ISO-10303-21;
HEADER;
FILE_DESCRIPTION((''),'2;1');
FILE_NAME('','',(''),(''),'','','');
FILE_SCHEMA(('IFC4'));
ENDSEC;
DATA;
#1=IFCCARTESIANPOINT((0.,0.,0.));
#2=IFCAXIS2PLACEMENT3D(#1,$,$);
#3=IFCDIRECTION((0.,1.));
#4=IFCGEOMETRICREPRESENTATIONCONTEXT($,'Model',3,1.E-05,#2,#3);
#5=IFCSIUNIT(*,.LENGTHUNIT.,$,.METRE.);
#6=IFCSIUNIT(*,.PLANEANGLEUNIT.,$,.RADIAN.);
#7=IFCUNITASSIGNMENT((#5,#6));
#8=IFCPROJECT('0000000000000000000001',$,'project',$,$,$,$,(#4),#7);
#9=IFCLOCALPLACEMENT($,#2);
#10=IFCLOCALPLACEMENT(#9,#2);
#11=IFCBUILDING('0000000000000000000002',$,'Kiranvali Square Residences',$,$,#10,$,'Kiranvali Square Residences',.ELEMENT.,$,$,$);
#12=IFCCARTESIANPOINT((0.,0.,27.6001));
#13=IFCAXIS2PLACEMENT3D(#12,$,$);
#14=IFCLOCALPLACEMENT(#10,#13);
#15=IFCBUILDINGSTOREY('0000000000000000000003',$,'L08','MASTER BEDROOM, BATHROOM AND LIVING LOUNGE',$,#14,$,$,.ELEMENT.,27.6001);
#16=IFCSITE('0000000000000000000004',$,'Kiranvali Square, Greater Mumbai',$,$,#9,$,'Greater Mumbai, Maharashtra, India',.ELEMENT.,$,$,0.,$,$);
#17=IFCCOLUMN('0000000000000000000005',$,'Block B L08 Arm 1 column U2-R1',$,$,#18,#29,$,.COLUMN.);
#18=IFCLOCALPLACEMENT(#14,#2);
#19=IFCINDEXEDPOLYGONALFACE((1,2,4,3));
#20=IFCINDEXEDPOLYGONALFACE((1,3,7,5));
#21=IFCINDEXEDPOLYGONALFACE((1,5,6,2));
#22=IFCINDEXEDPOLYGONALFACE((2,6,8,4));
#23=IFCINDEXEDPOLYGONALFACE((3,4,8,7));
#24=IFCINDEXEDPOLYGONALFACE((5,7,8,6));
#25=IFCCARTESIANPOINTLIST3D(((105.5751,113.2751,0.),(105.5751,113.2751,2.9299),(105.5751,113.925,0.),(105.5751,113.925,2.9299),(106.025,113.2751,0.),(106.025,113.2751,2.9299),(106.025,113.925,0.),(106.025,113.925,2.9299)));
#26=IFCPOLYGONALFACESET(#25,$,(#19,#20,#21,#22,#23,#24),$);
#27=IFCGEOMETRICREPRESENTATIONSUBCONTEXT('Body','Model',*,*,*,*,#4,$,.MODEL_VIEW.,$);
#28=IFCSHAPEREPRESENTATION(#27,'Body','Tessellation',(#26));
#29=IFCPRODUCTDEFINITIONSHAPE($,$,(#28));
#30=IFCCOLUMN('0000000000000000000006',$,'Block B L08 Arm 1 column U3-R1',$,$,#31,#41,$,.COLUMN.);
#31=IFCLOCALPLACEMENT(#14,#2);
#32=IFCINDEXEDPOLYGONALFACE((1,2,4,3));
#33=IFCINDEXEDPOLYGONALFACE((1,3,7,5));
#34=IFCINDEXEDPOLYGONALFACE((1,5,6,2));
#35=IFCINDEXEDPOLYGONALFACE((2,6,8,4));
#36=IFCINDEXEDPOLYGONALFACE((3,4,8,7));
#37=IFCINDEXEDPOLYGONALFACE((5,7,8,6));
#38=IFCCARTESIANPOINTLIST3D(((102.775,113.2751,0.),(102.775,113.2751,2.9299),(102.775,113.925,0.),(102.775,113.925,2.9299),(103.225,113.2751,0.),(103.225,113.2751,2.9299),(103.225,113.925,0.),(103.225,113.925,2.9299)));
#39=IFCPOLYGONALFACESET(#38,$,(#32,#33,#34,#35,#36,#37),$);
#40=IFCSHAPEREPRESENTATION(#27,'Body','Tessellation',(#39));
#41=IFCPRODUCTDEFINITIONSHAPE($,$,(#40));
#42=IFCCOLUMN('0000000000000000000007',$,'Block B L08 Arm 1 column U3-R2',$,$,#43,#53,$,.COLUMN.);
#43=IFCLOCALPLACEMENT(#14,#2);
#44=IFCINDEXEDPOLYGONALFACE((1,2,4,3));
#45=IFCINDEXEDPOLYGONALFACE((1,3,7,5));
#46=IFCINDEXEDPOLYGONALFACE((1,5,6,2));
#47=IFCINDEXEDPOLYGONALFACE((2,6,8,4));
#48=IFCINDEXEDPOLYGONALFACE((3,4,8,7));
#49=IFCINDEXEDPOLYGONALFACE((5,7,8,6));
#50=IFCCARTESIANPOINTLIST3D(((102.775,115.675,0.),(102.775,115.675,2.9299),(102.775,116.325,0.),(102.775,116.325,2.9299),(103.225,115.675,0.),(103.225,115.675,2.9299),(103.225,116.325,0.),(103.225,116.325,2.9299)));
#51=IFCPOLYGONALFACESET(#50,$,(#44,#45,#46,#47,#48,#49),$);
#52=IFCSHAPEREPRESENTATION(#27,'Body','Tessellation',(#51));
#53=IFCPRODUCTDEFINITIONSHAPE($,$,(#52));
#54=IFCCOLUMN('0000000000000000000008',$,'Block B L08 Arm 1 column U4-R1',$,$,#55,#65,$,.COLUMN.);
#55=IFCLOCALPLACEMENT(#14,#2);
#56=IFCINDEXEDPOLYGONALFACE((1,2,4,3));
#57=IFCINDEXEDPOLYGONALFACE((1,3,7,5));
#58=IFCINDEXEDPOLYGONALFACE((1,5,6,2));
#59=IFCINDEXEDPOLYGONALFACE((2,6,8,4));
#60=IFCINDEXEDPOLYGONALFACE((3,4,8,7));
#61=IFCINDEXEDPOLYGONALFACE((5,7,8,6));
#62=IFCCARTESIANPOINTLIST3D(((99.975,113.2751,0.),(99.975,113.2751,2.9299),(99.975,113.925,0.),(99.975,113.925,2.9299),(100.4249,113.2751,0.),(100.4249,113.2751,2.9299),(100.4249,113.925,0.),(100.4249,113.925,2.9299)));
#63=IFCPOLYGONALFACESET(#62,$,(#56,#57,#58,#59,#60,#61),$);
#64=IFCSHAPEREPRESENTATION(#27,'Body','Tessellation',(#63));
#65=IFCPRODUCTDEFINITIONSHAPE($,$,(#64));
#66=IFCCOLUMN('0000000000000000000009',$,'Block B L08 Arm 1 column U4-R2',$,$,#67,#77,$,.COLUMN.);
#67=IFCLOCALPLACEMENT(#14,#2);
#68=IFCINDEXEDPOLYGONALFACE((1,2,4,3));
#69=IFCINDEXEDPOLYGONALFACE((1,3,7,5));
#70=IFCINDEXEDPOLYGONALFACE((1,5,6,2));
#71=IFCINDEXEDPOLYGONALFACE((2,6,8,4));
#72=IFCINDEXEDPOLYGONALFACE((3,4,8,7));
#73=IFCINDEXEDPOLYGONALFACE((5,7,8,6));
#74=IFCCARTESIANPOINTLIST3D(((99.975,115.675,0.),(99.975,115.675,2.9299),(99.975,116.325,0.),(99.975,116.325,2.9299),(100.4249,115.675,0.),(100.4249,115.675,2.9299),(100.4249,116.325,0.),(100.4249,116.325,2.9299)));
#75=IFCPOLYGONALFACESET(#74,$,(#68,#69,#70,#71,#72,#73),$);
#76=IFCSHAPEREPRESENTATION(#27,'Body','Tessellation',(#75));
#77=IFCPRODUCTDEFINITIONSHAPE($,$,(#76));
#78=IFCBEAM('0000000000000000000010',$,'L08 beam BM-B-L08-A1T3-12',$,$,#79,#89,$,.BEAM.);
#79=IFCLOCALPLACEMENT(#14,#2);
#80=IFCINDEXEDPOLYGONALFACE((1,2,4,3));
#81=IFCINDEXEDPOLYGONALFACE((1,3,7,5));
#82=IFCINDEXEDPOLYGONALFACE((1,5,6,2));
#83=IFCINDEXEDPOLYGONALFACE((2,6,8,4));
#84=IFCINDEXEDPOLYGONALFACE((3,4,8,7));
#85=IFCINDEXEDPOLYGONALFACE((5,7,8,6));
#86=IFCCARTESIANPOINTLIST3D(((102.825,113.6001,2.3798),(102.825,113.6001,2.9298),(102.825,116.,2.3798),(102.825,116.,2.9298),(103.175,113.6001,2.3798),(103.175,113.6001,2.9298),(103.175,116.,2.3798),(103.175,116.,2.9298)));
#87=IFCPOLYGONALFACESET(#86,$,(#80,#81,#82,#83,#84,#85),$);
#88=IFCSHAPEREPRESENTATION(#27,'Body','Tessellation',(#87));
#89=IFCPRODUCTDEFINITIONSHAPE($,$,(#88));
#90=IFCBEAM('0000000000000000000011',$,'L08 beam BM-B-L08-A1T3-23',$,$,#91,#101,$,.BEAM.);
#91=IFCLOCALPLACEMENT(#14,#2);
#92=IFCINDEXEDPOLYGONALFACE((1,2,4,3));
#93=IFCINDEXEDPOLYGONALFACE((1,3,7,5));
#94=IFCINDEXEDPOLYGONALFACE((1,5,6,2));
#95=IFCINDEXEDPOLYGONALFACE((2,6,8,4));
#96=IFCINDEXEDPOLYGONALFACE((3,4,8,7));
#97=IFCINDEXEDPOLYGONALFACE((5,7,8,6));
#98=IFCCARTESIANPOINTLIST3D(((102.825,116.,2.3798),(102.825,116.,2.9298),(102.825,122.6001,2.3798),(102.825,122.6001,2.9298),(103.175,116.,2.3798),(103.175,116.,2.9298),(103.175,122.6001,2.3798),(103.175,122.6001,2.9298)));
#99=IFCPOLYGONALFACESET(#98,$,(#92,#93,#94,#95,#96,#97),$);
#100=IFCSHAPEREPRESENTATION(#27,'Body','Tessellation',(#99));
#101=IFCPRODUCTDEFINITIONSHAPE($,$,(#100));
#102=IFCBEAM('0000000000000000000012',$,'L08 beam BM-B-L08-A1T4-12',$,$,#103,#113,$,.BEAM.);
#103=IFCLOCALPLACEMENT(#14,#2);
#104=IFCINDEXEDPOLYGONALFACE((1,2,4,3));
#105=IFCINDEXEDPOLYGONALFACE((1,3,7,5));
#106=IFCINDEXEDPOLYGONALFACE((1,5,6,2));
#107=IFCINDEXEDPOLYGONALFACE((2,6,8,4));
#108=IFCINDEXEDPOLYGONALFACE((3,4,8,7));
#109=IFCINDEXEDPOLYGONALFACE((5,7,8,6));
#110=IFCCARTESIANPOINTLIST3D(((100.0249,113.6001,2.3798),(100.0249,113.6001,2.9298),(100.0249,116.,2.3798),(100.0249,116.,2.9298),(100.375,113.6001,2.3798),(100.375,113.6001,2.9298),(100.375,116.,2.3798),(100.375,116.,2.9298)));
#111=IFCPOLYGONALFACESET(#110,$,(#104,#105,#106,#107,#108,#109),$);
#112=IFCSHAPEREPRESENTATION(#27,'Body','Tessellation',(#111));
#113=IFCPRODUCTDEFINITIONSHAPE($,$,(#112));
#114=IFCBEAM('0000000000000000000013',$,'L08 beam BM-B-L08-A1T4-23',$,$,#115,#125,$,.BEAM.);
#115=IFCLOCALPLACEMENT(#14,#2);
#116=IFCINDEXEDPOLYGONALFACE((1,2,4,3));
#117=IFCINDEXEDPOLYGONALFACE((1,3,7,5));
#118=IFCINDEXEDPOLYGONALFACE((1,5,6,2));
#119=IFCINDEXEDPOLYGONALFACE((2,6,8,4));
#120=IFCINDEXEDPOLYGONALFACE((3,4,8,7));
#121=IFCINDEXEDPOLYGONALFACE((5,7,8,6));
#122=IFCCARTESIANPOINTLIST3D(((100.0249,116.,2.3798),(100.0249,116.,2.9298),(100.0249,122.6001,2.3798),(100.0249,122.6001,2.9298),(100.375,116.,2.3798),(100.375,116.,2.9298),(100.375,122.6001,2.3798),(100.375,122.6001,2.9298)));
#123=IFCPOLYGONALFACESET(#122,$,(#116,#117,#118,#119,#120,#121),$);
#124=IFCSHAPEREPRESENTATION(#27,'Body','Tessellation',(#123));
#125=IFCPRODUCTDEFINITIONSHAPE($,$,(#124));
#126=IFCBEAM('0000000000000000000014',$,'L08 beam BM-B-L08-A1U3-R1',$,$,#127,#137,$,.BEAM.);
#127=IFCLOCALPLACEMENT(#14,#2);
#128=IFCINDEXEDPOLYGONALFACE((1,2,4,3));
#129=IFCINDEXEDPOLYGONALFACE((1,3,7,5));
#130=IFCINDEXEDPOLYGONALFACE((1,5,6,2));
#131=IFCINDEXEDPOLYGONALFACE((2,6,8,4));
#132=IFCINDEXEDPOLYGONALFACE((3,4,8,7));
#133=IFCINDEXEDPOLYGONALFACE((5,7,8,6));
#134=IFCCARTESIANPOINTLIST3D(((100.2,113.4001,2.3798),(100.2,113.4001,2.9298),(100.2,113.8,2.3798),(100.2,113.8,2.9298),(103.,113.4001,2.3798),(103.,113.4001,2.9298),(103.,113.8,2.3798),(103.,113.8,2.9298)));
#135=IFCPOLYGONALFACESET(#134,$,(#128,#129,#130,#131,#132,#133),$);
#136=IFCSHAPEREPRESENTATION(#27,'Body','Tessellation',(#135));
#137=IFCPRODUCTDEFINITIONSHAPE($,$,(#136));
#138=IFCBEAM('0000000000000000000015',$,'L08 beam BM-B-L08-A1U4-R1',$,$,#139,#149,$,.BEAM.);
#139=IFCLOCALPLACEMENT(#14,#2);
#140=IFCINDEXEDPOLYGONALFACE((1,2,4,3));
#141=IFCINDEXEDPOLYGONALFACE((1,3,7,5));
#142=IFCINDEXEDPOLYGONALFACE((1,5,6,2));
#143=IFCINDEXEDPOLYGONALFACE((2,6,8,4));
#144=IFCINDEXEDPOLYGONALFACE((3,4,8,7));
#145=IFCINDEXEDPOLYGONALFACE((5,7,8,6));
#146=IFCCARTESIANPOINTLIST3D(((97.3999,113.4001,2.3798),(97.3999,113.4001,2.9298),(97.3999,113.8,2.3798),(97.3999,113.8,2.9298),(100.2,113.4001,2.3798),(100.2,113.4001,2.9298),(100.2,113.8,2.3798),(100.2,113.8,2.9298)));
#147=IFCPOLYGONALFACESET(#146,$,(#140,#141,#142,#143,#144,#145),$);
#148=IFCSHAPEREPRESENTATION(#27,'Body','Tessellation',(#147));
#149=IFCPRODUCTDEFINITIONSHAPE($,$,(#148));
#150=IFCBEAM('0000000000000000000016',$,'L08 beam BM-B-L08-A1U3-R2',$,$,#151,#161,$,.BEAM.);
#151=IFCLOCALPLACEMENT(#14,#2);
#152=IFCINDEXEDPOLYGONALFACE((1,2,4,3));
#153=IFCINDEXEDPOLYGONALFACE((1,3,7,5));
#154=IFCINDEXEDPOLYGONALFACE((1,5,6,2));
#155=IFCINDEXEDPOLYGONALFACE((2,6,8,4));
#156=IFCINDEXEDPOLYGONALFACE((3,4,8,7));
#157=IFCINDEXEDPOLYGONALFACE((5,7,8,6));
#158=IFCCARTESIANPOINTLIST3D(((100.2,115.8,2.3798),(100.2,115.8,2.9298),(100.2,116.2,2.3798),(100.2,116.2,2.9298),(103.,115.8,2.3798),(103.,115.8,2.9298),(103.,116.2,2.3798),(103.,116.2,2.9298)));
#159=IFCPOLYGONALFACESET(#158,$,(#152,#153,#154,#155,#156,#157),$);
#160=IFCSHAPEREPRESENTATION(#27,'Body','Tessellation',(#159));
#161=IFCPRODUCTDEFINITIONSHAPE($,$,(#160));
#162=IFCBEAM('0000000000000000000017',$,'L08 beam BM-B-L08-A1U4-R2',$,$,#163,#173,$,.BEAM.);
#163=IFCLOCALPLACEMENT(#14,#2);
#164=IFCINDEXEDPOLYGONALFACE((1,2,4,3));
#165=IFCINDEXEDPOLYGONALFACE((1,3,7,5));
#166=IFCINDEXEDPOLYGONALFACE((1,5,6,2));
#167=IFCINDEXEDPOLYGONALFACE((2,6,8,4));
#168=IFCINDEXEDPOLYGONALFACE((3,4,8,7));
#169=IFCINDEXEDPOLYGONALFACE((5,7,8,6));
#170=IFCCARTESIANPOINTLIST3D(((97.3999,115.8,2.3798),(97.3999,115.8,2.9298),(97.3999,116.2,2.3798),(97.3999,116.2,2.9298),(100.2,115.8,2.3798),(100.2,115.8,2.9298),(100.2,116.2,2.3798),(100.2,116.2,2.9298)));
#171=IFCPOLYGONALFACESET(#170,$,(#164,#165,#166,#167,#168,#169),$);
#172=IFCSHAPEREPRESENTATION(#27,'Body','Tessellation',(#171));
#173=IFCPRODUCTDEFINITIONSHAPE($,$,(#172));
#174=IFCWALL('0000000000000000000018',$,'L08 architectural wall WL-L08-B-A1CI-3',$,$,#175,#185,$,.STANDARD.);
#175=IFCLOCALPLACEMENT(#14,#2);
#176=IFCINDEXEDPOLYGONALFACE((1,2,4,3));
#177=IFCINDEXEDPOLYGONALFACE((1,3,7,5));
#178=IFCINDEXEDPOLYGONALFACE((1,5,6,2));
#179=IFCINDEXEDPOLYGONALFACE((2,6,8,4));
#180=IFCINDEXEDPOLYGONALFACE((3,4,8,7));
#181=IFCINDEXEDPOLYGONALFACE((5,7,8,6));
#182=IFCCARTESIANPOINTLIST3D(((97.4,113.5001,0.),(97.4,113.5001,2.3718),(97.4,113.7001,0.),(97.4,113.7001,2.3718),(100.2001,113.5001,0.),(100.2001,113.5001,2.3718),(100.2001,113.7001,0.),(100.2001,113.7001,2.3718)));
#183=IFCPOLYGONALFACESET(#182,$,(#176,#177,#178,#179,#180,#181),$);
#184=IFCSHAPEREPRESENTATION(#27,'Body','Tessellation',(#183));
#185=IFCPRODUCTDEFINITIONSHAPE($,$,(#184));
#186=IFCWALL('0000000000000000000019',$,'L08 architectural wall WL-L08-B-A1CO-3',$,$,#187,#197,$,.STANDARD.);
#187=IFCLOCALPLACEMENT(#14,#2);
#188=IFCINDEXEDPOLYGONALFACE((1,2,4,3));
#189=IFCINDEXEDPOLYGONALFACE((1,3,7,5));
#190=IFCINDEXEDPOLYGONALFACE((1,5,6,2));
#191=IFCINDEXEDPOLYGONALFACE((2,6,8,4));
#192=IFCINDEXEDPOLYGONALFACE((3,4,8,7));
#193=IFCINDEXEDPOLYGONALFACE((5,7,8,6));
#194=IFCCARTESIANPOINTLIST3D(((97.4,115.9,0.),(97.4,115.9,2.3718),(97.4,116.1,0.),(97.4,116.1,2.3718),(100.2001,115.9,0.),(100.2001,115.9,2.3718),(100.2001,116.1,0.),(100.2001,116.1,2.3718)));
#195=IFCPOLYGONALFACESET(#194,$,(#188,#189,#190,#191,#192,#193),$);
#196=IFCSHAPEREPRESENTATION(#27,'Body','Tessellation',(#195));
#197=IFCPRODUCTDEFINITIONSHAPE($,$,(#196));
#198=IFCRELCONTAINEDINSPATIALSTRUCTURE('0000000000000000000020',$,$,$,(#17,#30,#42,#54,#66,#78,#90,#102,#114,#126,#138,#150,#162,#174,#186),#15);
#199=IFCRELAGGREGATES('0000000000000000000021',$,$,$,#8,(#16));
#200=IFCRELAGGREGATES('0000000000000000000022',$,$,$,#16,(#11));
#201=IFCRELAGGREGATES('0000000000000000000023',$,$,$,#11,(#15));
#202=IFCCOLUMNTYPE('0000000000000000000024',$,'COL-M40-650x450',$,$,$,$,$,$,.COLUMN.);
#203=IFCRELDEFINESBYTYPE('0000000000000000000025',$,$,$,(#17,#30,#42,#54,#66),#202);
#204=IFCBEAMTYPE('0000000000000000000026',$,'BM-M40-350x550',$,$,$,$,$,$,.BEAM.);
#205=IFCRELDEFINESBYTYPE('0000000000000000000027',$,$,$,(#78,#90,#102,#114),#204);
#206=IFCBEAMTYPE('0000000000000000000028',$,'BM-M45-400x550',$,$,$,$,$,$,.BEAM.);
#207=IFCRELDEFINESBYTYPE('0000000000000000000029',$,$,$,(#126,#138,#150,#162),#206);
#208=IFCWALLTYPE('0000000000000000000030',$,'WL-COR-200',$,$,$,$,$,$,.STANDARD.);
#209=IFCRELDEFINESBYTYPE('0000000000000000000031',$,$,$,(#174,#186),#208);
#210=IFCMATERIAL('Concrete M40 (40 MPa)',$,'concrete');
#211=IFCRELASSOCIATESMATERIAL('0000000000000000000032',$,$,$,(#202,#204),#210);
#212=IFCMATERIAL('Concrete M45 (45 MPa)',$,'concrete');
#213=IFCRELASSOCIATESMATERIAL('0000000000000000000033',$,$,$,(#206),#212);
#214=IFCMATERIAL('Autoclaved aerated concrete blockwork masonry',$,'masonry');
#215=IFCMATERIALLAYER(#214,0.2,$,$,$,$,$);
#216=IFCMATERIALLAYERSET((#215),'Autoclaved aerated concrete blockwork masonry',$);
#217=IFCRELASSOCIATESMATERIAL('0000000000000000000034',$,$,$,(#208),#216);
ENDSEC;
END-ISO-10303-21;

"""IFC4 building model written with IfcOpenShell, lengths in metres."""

from ifc_helpers import new_model, si_unit, direction, frame, frame_2d, origin, origin_2d, place, context, subcontext, project, spatial, rectangle, extrude, material, layer, layer_set, material_profile, profile_set, type_object, element, save


model = new_model("IFC4")

# Units and contexts
model_context = context("Model", 3, precision=1e-05, world=origin(), true_north=direction((0.0, 1.0)))
body_context = subcontext(model_context, "Body", "Model", "MODEL_VIEW")
ifc_project = project(units=[si_unit("LENGTHUNIT", "METRE"), si_unit("PLANEANGLEUNIT", "RADIAN")], contexts=[model_context])

# Site, building, storey
site_placement = place(None, origin())
site = spatial("IfcSite", under=ifc_project, at=site_placement, Name="Kiranvali Square, Greater Mumbai", LongName="Greater Mumbai, Maharashtra, India", CompositionType="ELEMENT", RefElevation=0.0)
building_placement = place(site_placement, origin())
building = spatial("IfcBuilding", under=site, at=building_placement, Name="Kiranvali Square Residences", LongName="Kiranvali Square Residences", CompositionType="ELEMENT")
storey_placement = place(building_placement, frame((0.0, 0.0, 27.6001)))
storey = spatial("IfcBuildingStorey", under=building, at=storey_placement, Name="L08", Description="MASTER BEDROOM, BATHROOM AND LIVING LOUNGE", CompositionType="ELEMENT", Elevation=27.6001)

# Columns
ifc_material_1 = material(Name="Concrete M40 (40 MPa)", Category="concrete")
ifc_material_profile_1 = material_profile(ifc_material_1, rectangle(XDim=0.45, YDim=0.6499, at=origin_2d()), Name="RC 650x450")
ifc_profile_set_1 = profile_set([ifc_material_profile_1], Name="Concrete M40 (40 MPa)")
column_type = type_object("IfcColumnType", Name="COL-M40-650x450", PredefinedType="COLUMN", material=ifc_profile_set_1)
for number, where, z_axis, x_axis, name in (
    (1, (105.8, 113.6001, 0.0), (0.0, 0.0, 1.0), (1.0, 0.0, 0.0), "Block B L08 Arm 1 column U2-R1"),
    (2, (103.0, 113.6001, 0.0), (0.0, 0.0, 1.0), (1.0, 0.0, 0.0), "Block B L08 Arm 1 column U3-R1"),
    (3, (103.0, 116.0, 0.0), (0.0, 0.0, 1.0), (1.0, 0.0, 0.0), "Block B L08 Arm 1 column U3-R2"),
    (4, (100.2, 113.6001, 0.0), (0.0, 0.0, 1.0), (1.0, 0.0, 0.0), "Block B L08 Arm 1 column U4-R1"),
    (5, (100.2, 116.0, 0.0), (0.0, 0.0, 1.0), (1.0, 0.0, 0.0), "Block B L08 Arm 1 column U4-R2"),
):
    element("IfcColumn", number, at=place(storey_placement, frame(where, z_axis=z_axis, x_axis=x_axis)), inside=storey, type_object=column_type, Name=name, PredefinedType="COLUMN", context=body_context, shape_type="SweptSolid", body=[
        extrude(rectangle(XDim=0.45, YDim=0.6499, at=origin_2d()), origin(), (0.0, 0.0, 1.0), 2.9299),
    ])

# Beams
ifc_material_profile_2 = material_profile(ifc_material_1, rectangle(XDim=0.3501, YDim=0.55, at=origin_2d()), Name="RC 350x550")
ifc_profile_set_2 = profile_set([ifc_material_profile_2], Name="Concrete M40 (40 MPa)")
beam_type_1 = type_object("IfcBeamType", Name="BM-M40-350x550", PredefinedType="BEAM", material=ifc_profile_set_2)
beam_1_placement = place(storey_placement, frame((103.0, 113.6001, 2.6548), z_axis=(0.0, 1.0, 0.0), x_axis=(-1.0, 0.0, 0.0)))
element("IfcBeam", 6, at=beam_1_placement, inside=storey, type_object=beam_type_1, Name="L08 beam BM-B-L08-A1T3-12", PredefinedType="BEAM", context=body_context, shape_type="SweptSolid", body=[
    extrude(rectangle(XDim=0.3501, YDim=0.55, at=origin_2d()), origin(), (0.0, 0.0, 1.0), 2.3999),
])
beam_2_placement = place(storey_placement, frame((103.0, 116.0, 2.6548), z_axis=(0.0, 1.0, 0.0), x_axis=(-1.0, 0.0, 0.0)))
element("IfcBeam", 7, at=beam_2_placement, inside=storey, type_object=beam_type_1, Name="L08 beam BM-B-L08-A1T3-23", PredefinedType="BEAM", context=body_context, shape_type="SweptSolid", body=[
    extrude(rectangle(XDim=0.3501, YDim=0.55, at=origin_2d()), origin(), (0.0, 0.0, 1.0), 6.6001),
])
beam_3_placement = place(storey_placement, frame((100.2, 113.6001, 2.6548), z_axis=(0.0, 1.0, 0.0), x_axis=(-1.0, 0.0, 0.0)))
element("IfcBeam", 8, at=beam_3_placement, inside=storey, type_object=beam_type_1, Name="L08 beam BM-B-L08-A1T4-12", PredefinedType="BEAM", context=body_context, shape_type="SweptSolid", body=[
    extrude(rectangle(XDim=0.3501, YDim=0.55, at=origin_2d()), origin(), (0.0, 0.0, 1.0), 2.3999),
])
beam_4_placement = place(storey_placement, frame((100.2, 116.0, 2.6548), z_axis=(0.0, 1.0, 0.0), x_axis=(-1.0, 0.0, 0.0)))
element("IfcBeam", 9, at=beam_4_placement, inside=storey, type_object=beam_type_1, Name="L08 beam BM-B-L08-A1T4-23", PredefinedType="BEAM", context=body_context, shape_type="SweptSolid", body=[
    extrude(rectangle(XDim=0.3501, YDim=0.55, at=origin_2d()), origin(), (0.0, 0.0, 1.0), 6.6001),
])
ifc_material_2 = material(Name="Concrete M45 (45 MPa)", Category="concrete")
ifc_material_profile_3 = material_profile(ifc_material_2, rectangle(XDim=0.3999, YDim=0.55, at=origin_2d()), Name="RC 400x550")
ifc_profile_set_3 = profile_set([ifc_material_profile_3], Name="Concrete M45 (45 MPa)")
beam_type_2 = type_object("IfcBeamType", Name="BM-M45-400x550", PredefinedType="BEAM", material=ifc_profile_set_3)
for number, where, z_axis, x_axis, name in (
    (10, (103.0, 113.6001, 2.6548), (-1.0, 0.0, 0.0), (0.0, -1.0, 0.0), "L08 beam BM-B-L08-A1U3-R1"),
    (11, (100.2, 113.6001, 2.6548), (-1.0, 0.0, 0.0), (0.0, -1.0, 0.0), "L08 beam BM-B-L08-A1U4-R1"),
    (12, (103.0, 116.0, 2.6548), (-1.0, 0.0, 0.0), (0.0, -1.0, 0.0), "L08 beam BM-B-L08-A1U3-R2"),
    (13, (100.2, 116.0, 2.6548), (-1.0, 0.0, 0.0), (0.0, -1.0, 0.0), "L08 beam BM-B-L08-A1U4-R2"),
):
    element("IfcBeam", number, at=place(storey_placement, frame(where, z_axis=z_axis, x_axis=x_axis)), inside=storey, type_object=beam_type_2, Name=name, PredefinedType="BEAM", context=body_context, shape_type="SweptSolid", body=[
        extrude(rectangle(XDim=0.3999, YDim=0.55, at=origin_2d()), origin(), (0.0, 0.0, 1.0), 2.8),
    ])

# Shared definitions
ifc_material_3 = material(Name="Autoclaved aerated concrete blockwork masonry", Category="masonry")
ifc_layer_1 = layer(ifc_material_3, 0.2)
ifc_layer_set_1 = layer_set([ifc_layer_1], Name="Autoclaved aerated concrete blockwork masonry")
wall_type_1 = type_object("IfcWallType", Name="WL-COR-200", PredefinedType="STANDARD", material=ifc_layer_set_1)

# Walls
for number, where, z_axis, x_axis, name in (
    (14, (100.2, 113.6001, 0.0), (0.0, 0.0, 1.0), (-1.0, 0.0, 0.0), "L08 architectural wall WL-L08-B-A1CI-3"),
    (15, (100.2, 116.0, 0.0), (0.0, 0.0, 1.0), (-1.0, 0.0, 0.0), "L08 architectural wall WL-L08-B-A1CO-3"),
):
    element("IfcWall", number, at=place(storey_placement, frame(where, z_axis=z_axis, x_axis=x_axis)), inside=storey, type_object=wall_type_1, Name=name, PredefinedType="STANDARD", context=body_context, shape_type="SweptSolid", body=[
        extrude(rectangle(XDim=2.8, YDim=0.2, at=frame_2d((1.3999, 0.0))), origin(), (0.0, 0.0, 1.0), 2.3718),
    ])

save(model, "model.ifc")
